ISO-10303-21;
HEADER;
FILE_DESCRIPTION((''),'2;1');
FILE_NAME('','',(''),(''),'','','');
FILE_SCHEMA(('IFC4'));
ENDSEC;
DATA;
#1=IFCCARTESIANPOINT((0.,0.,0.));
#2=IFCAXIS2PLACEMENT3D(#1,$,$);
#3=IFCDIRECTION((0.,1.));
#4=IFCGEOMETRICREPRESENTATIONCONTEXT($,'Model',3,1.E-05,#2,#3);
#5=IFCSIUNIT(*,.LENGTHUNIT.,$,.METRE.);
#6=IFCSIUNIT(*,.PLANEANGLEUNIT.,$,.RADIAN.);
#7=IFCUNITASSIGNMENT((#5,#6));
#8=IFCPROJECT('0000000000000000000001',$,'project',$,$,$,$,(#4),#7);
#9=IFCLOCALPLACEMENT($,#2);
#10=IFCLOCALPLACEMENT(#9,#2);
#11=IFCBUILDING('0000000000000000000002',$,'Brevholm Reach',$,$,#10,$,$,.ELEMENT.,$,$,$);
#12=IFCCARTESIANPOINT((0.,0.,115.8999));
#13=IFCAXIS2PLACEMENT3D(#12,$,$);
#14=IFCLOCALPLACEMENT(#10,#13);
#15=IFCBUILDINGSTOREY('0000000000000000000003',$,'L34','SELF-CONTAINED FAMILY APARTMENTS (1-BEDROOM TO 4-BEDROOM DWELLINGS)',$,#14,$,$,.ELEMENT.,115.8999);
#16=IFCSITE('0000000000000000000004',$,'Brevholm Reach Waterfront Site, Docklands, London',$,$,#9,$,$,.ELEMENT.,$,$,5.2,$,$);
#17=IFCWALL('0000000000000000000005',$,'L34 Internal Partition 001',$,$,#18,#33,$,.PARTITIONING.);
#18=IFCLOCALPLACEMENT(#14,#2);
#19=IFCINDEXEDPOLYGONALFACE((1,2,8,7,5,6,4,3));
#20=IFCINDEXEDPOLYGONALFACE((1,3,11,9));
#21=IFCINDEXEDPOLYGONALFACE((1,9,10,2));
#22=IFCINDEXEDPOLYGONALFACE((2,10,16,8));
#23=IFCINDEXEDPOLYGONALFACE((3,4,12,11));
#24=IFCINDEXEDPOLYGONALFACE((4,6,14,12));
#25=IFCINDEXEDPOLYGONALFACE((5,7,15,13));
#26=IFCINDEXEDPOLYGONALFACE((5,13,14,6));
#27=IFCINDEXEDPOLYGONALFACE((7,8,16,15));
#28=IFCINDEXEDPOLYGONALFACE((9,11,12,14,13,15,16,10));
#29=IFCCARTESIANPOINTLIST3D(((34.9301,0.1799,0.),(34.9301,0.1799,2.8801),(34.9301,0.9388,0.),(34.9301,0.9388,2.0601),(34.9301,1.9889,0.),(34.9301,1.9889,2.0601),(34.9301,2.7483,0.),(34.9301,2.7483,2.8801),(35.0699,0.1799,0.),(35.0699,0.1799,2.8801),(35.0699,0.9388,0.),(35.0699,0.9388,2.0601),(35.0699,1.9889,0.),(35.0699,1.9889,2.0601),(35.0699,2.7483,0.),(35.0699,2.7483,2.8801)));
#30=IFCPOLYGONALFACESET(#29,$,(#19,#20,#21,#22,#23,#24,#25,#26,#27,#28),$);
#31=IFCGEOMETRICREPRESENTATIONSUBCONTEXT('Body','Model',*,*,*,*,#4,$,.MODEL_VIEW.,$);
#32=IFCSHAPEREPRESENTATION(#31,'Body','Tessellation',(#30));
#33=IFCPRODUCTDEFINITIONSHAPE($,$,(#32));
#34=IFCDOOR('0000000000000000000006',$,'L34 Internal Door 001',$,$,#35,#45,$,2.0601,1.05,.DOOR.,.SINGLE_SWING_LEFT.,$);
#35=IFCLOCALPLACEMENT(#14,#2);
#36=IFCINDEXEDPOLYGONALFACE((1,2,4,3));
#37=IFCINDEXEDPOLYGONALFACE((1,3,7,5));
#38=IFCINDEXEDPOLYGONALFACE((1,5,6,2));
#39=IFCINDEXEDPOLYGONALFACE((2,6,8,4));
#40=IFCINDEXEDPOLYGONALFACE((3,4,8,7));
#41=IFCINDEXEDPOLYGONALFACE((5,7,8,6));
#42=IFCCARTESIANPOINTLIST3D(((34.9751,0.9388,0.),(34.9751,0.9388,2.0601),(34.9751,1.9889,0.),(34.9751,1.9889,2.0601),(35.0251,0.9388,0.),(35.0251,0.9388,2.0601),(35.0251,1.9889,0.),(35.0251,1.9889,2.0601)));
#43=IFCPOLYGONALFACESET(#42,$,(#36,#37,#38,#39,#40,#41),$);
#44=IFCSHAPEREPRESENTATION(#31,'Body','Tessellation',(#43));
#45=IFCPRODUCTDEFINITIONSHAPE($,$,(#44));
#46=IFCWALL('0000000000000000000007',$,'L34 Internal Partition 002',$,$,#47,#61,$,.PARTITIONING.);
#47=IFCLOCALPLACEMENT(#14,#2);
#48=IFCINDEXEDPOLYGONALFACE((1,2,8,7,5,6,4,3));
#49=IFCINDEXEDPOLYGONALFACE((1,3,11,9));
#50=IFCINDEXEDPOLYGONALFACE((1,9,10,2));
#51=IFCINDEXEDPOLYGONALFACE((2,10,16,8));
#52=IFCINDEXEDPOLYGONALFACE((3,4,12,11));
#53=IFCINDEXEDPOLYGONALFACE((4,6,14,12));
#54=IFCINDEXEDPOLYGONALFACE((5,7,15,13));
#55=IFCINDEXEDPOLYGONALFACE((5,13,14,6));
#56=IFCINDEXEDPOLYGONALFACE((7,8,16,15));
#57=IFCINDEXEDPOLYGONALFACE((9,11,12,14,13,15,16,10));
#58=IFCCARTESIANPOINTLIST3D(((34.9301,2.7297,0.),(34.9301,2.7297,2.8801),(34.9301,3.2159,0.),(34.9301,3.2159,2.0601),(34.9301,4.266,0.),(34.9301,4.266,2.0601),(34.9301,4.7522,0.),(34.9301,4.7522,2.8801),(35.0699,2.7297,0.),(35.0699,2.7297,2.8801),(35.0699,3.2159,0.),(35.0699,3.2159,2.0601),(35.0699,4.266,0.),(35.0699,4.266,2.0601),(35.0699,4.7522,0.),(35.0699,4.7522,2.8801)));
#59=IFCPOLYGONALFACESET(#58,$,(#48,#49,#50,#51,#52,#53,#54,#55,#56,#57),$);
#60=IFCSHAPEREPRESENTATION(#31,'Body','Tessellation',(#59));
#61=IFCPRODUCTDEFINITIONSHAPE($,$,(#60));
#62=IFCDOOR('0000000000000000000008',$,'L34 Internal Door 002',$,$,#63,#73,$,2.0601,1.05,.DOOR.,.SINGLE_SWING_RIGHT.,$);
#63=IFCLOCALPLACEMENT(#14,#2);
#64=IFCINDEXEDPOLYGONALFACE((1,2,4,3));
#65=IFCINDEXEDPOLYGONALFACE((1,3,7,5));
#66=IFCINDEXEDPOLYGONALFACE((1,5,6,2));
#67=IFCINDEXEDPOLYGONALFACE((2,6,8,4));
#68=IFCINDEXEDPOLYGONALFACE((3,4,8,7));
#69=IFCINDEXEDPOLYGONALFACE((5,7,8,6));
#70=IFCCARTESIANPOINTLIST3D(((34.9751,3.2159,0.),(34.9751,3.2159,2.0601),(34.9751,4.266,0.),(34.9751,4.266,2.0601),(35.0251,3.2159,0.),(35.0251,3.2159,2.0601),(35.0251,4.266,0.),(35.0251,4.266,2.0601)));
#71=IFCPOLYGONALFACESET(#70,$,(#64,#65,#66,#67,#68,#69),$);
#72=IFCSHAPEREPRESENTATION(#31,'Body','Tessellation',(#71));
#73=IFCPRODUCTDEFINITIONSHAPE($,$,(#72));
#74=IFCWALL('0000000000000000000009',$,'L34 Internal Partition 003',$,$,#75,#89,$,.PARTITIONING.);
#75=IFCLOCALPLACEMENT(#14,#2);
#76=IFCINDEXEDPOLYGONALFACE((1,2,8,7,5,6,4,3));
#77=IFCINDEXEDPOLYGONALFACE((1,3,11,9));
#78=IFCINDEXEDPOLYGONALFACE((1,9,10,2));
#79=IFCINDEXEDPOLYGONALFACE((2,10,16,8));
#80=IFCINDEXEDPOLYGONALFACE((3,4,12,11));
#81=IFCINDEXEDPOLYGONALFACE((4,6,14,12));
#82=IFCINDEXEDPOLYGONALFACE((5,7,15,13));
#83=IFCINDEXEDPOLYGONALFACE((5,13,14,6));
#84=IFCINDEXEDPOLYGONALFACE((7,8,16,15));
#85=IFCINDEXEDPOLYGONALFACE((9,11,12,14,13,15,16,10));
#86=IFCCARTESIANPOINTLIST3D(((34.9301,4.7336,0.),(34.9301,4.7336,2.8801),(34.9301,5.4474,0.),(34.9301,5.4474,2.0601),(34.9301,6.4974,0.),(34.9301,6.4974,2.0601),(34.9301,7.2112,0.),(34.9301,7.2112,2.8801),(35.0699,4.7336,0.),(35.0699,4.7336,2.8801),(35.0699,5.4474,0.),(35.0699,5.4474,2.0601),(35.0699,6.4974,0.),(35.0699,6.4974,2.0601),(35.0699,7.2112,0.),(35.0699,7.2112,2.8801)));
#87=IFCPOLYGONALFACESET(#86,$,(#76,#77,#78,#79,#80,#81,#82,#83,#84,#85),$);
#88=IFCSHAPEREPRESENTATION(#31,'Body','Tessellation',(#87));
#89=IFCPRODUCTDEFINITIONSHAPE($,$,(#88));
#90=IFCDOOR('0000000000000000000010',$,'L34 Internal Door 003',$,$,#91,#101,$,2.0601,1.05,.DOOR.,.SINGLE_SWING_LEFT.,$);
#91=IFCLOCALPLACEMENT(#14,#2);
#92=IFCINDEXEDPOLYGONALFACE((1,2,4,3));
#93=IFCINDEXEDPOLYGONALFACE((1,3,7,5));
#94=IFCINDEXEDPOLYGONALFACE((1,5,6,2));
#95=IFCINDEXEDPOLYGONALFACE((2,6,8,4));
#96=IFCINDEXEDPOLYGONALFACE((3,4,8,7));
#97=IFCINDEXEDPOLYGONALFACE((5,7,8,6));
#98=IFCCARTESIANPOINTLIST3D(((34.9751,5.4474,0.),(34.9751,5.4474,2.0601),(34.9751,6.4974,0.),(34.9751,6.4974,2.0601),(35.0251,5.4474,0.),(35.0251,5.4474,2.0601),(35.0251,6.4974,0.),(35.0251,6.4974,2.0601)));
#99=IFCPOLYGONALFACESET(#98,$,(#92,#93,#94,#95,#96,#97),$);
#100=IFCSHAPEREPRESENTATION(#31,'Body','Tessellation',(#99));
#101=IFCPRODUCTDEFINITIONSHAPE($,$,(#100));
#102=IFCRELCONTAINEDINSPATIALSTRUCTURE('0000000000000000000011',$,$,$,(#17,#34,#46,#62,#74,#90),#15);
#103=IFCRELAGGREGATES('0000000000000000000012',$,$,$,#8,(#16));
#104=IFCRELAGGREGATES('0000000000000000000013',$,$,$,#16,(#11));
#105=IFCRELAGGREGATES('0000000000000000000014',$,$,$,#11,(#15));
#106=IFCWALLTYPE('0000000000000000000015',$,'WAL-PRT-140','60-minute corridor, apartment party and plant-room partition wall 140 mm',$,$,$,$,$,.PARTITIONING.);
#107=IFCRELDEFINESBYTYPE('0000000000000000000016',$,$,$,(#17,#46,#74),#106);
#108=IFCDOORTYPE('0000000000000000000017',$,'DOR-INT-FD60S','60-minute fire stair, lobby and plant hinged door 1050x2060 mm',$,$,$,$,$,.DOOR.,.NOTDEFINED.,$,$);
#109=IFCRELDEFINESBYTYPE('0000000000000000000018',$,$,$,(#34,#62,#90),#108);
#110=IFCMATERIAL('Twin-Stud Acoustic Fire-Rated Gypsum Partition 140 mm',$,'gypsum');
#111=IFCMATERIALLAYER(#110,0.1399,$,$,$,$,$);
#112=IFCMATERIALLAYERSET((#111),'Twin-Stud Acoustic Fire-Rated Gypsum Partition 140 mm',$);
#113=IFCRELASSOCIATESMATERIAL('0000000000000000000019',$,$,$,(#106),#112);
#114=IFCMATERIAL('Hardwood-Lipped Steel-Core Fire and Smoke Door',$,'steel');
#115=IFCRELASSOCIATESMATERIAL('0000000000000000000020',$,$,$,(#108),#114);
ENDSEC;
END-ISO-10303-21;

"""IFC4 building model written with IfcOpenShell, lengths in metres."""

from ifc_helpers import new_model, si_unit, direction, frame, frame_2d, origin, place, context, subcontext, project, spatial, rectangle, extrude, material, layer, layer_set, type_object, element, fill, save


model = new_model("IFC4")

# Units and contexts
model_context = context("Model", 3, precision=1e-05, world=origin(), true_north=direction((0.0, 1.0)))
body_context = subcontext(model_context, "Body", "Model", "MODEL_VIEW")
ifc_project = project(units=[si_unit("LENGTHUNIT", "METRE"), si_unit("PLANEANGLEUNIT", "RADIAN")], contexts=[model_context])

# Site, building, storey
site_placement = place(None, origin())
site = spatial("IfcSite", under=ifc_project, at=site_placement, Name="Brevholm Reach Waterfront Site, Docklands, London", CompositionType="ELEMENT", RefElevation=5.2)
building_placement = place(site_placement, origin())
building = spatial("IfcBuilding", under=site, at=building_placement, Name="Brevholm Reach", CompositionType="ELEMENT")
storey_placement = place(building_placement, frame((0.0, 0.0, 115.8999)))
storey = spatial("IfcBuildingStorey", under=building, at=storey_placement, Name="L34", Description="SELF-CONTAINED FAMILY APARTMENTS (1-BEDROOM TO 4-BEDROOM DWELLINGS)", CompositionType="ELEMENT", Elevation=115.8999)

# Walls, openings, doors
ifc_material_1 = material(Name="Twin-Stud Acoustic Fire-Rated Gypsum Partition 140 mm", Category="gypsum")
ifc_layer_1 = layer(ifc_material_1, 0.1399)
ifc_layer_set_1 = layer_set([ifc_layer_1], Name="Twin-Stud Acoustic Fire-Rated Gypsum Partition 140 mm")
wall_type_1 = type_object("IfcWallType", Name="WAL-PRT-140", Description="60-minute corridor, apartment party and plant-room partition wall 140 mm", PredefinedType="PARTITIONING", material=ifc_layer_set_1)
wall_1_placement = place(storey_placement, frame((35.0, 0.1799, 0.0), z_axis=(0.0, 0.0, 1.0), x_axis=(0.0, 1.0, 0.0)))
wall_1 = element("IfcWall", 1, at=wall_1_placement, inside=storey, type_object=wall_type_1, Name="L34 Internal Partition 001", PredefinedType="PARTITIONING", context=body_context, shape_type="SweptSolid", body=[
    extrude(rectangle(XDim=2.5684, YDim=0.1399, at=frame_2d((1.2842, 0.0))), origin(), (0.0, 0.0, 1.0), 2.8801),
])
opening_1_placement = place(wall_1_placement, frame((0.759, 0.0, 0.0)))
opening_1 = element("IfcOpeningElement", 2, at=opening_1_placement, cuts=wall_1, PredefinedType="OPENING", context=body_context, shape_type="SweptSolid", body=[
    extrude(rectangle(XDim=1.05, YDim=2.0601, at=frame_2d((0.5249, 1.03))), frame((0.0, 0.0798, 0.0), z_axis=(0.0, -1.0, 0.0), x_axis=(1.0, 0.0, 0.0)), (0.0, 0.0, 1.0), 0.1599),
])
ifc_material_2 = material(Name="Hardwood-Lipped Steel-Core Fire and Smoke Door", Category="steel")
door_type_1 = type_object("IfcDoorType", Name="DOR-INT-FD60S", Description="60-minute fire stair, lobby and plant hinged door 1050x2060 mm", OperationType="NOTDEFINED", PredefinedType="DOOR", material=ifc_material_2)
door_1_placement = place(opening_1_placement, origin())
door_1 = element("IfcDoor", 3, at=door_1_placement, inside=storey, type_object=door_type_1, Name="L34 Internal Door 001", OperationType="SINGLE_SWING_LEFT", OverallHeight=2.0601, OverallWidth=1.05, PredefinedType="DOOR", context=body_context, shape_type="SweptSolid", body=[
    extrude(rectangle(XDim=1.05, YDim=2.0601, at=frame_2d((0.5249, 1.03))), frame((0.0, 0.0249, 0.0), z_axis=(0.0, -1.0, 0.0), x_axis=(1.0, 0.0, 0.0)), (0.0, 0.0, 1.0), 0.05),
])
fill(opening_1, door_1)
wall_2_placement = place(storey_placement, frame((35.0, 2.7297, 0.0), z_axis=(0.0, 0.0, 1.0), x_axis=(0.0, 1.0, 0.0)))
wall_2 = element("IfcWall", 4, at=wall_2_placement, inside=storey, type_object=wall_type_1, Name="L34 Internal Partition 002", PredefinedType="PARTITIONING", context=body_context, shape_type="SweptSolid", body=[
    extrude(rectangle(XDim=2.0225, YDim=0.1399, at=frame_2d((1.0112, 0.0))), origin(), (0.0, 0.0, 1.0), 2.8801),
])
opening_2_placement = place(wall_2_placement, frame((0.4863, 0.0, 0.0)))
opening_2 = element("IfcOpeningElement", 5, at=opening_2_placement, cuts=wall_2, PredefinedType="OPENING", context=body_context, shape_type="SweptSolid", body=[
    extrude(rectangle(XDim=1.05, YDim=2.0601, at=frame_2d((0.5249, 1.03))), frame((0.0, 0.0798, 0.0), z_axis=(0.0, -1.0, 0.0), x_axis=(1.0, 0.0, 0.0)), (0.0, 0.0, 1.0), 0.1599),
])
door_2_placement = place(opening_2_placement, origin())
door_2 = element("IfcDoor", 6, at=door_2_placement, inside=storey, type_object=door_type_1, Name="L34 Internal Door 002", OperationType="SINGLE_SWING_RIGHT", OverallHeight=2.0601, OverallWidth=1.05, PredefinedType="DOOR", context=body_context, shape_type="SweptSolid", body=[
    extrude(rectangle(XDim=1.05, YDim=2.0601, at=frame_2d((0.5249, 1.03))), frame((0.0, 0.0249, 0.0), z_axis=(0.0, -1.0, 0.0), x_axis=(1.0, 0.0, 0.0)), (0.0, 0.0, 1.0), 0.05),
])
fill(opening_2, door_2)
wall_3_placement = place(storey_placement, frame((35.0, 4.7336, 0.0), z_axis=(0.0, 0.0, 1.0), x_axis=(0.0, 1.0, 0.0)))
wall_3 = element("IfcWall", 7, at=wall_3_placement, inside=storey, type_object=wall_type_1, Name="L34 Internal Partition 003", PredefinedType="PARTITIONING", context=body_context, shape_type="SweptSolid", body=[
    extrude(rectangle(XDim=2.4775, YDim=0.1399, at=frame_2d((1.2388, 0.0))), origin(), (0.0, 0.0, 1.0), 2.8801),
])
opening_3_placement = place(wall_3_placement, frame((0.7139, 0.0, 0.0)))
opening_3 = element("IfcOpeningElement", 8, at=opening_3_placement, cuts=wall_3, PredefinedType="OPENING", context=body_context, shape_type="SweptSolid", body=[
    extrude(rectangle(XDim=1.05, YDim=2.0601, at=frame_2d((0.5249, 1.03))), frame((0.0, 0.0798, 0.0), z_axis=(0.0, -1.0, 0.0), x_axis=(1.0, 0.0, 0.0)), (0.0, 0.0, 1.0), 0.1599),
])
door_3_placement = place(opening_3_placement, origin())
door_3 = element("IfcDoor", 9, at=door_3_placement, inside=storey, type_object=door_type_1, Name="L34 Internal Door 003", OperationType="SINGLE_SWING_LEFT", OverallHeight=2.0601, OverallWidth=1.05, PredefinedType="DOOR", context=body_context, shape_type="SweptSolid", body=[
    extrude(rectangle(XDim=1.05, YDim=2.0601, at=frame_2d((0.5249, 1.03))), frame((0.0, 0.0249, 0.0), z_axis=(0.0, -1.0, 0.0), x_axis=(1.0, 0.0, 0.0)), (0.0, 0.0, 1.0), 0.05),
])
fill(opening_3, door_3)

save(model, "model.ifc")
